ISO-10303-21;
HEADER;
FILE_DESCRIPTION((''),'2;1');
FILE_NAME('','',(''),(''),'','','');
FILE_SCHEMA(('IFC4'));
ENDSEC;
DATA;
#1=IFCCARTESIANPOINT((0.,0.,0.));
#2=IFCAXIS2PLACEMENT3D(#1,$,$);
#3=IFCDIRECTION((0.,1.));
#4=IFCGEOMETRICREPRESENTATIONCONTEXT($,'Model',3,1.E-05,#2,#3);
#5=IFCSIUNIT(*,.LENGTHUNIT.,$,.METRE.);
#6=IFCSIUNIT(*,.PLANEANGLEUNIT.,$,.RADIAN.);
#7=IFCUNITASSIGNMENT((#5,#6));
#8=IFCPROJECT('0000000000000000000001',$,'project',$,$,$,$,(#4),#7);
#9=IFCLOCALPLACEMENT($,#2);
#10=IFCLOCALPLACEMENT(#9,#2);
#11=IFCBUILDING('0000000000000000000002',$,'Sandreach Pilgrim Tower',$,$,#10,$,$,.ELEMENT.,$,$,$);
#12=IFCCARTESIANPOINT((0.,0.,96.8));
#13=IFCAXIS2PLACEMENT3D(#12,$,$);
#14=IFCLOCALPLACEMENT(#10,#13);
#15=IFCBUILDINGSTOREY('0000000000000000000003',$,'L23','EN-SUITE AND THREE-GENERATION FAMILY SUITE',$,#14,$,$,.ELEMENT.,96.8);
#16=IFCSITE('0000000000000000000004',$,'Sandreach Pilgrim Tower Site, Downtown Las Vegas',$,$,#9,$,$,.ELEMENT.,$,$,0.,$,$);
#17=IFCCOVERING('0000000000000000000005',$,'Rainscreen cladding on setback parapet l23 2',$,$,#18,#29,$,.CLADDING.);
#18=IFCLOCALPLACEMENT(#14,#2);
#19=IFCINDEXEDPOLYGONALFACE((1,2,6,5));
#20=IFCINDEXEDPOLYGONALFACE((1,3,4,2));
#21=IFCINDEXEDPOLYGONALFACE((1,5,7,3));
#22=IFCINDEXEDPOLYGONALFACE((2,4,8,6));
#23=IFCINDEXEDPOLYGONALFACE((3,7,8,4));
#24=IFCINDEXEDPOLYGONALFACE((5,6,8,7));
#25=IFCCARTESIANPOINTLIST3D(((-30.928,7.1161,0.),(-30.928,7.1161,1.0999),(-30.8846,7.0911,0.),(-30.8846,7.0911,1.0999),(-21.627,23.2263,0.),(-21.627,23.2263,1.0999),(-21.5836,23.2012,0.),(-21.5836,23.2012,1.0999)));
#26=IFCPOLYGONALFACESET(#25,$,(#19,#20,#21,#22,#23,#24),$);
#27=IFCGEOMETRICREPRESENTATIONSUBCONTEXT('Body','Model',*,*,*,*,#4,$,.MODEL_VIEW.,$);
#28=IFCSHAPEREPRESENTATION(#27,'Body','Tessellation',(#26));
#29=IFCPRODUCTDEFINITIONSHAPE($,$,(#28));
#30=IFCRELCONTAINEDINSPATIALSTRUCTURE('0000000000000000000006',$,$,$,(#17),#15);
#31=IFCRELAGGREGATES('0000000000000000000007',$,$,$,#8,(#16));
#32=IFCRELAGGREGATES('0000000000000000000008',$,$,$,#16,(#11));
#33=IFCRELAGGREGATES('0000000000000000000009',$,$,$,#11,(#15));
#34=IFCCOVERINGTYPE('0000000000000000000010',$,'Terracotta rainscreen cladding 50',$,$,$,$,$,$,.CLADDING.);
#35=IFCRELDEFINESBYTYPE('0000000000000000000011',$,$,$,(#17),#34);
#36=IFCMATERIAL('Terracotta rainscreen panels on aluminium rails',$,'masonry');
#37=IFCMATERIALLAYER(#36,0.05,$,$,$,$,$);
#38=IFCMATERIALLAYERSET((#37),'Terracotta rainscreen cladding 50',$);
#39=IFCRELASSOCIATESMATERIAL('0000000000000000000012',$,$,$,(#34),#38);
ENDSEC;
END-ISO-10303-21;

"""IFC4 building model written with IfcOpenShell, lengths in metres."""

from ifc_helpers import new_model, si_unit, direction, frame, frame_2d, origin, place, context, subcontext, project, spatial, rectangle, extrude, material, layer, layer_set, type_object, element, save


model = new_model("IFC4")

# Units and contexts
model_context = context("Model", 3, precision=1e-05, world=origin(), true_north=direction((0.0, 1.0)))
body_context = subcontext(model_context, "Body", "Model", "MODEL_VIEW")
ifc_project = project(units=[si_unit("LENGTHUNIT", "METRE"), si_unit("PLANEANGLEUNIT", "RADIAN")], contexts=[model_context])

# Site, building, storey
site_placement = place(None, origin())
site = spatial("IfcSite", under=ifc_project, at=site_placement, Name="Sandreach Pilgrim Tower Site, Downtown Las Vegas", CompositionType="ELEMENT", RefElevation=0.0)
building_placement = place(site_placement, origin())
building = spatial("IfcBuilding", under=site, at=building_placement, Name="Sandreach Pilgrim Tower", CompositionType="ELEMENT")
storey_placement = place(building_placement, frame((0.0, 0.0, 96.8)))
storey = spatial("IfcBuildingStorey", under=building, at=storey_placement, Name="L23", Description="EN-SUITE AND THREE-GENERATION FAMILY SUITE", CompositionType="ELEMENT", Elevation=96.8)

# Covering
ifc_material_1 = material(Name="Terracotta rainscreen panels on aluminium rails", Category="masonry")
ifc_layer_1 = layer(ifc_material_1, 0.05)
ifc_layer_set_1 = layer_set([ifc_layer_1], Name="Terracotta rainscreen cladding 50")
covering_type = type_object("IfcCoveringType", Name="Terracotta rainscreen cladding 50", PredefinedType="CLADDING", material=ifc_layer_set_1)
covering_1_placement = place(storey_placement, frame((-21.6052, 23.2139, 0.0), z_axis=(0.0, 0.0, 1.0), x_axis=(-0.499994, -0.866029, 0.0)))
element("IfcCovering", 1, at=covering_1_placement, inside=storey, type_object=covering_type, Name="Rainscreen cladding on setback parapet l23 2", PredefinedType="CLADDING", context=body_context, shape_type="SweptSolid", body=[
    extrude(rectangle(XDim=18.6023, YDim=0.05, at=frame_2d((9.3013, 0.0))), origin(), (0.0, 0.0, 1.0), 1.0999),
])

save(model, "model.ifc")
